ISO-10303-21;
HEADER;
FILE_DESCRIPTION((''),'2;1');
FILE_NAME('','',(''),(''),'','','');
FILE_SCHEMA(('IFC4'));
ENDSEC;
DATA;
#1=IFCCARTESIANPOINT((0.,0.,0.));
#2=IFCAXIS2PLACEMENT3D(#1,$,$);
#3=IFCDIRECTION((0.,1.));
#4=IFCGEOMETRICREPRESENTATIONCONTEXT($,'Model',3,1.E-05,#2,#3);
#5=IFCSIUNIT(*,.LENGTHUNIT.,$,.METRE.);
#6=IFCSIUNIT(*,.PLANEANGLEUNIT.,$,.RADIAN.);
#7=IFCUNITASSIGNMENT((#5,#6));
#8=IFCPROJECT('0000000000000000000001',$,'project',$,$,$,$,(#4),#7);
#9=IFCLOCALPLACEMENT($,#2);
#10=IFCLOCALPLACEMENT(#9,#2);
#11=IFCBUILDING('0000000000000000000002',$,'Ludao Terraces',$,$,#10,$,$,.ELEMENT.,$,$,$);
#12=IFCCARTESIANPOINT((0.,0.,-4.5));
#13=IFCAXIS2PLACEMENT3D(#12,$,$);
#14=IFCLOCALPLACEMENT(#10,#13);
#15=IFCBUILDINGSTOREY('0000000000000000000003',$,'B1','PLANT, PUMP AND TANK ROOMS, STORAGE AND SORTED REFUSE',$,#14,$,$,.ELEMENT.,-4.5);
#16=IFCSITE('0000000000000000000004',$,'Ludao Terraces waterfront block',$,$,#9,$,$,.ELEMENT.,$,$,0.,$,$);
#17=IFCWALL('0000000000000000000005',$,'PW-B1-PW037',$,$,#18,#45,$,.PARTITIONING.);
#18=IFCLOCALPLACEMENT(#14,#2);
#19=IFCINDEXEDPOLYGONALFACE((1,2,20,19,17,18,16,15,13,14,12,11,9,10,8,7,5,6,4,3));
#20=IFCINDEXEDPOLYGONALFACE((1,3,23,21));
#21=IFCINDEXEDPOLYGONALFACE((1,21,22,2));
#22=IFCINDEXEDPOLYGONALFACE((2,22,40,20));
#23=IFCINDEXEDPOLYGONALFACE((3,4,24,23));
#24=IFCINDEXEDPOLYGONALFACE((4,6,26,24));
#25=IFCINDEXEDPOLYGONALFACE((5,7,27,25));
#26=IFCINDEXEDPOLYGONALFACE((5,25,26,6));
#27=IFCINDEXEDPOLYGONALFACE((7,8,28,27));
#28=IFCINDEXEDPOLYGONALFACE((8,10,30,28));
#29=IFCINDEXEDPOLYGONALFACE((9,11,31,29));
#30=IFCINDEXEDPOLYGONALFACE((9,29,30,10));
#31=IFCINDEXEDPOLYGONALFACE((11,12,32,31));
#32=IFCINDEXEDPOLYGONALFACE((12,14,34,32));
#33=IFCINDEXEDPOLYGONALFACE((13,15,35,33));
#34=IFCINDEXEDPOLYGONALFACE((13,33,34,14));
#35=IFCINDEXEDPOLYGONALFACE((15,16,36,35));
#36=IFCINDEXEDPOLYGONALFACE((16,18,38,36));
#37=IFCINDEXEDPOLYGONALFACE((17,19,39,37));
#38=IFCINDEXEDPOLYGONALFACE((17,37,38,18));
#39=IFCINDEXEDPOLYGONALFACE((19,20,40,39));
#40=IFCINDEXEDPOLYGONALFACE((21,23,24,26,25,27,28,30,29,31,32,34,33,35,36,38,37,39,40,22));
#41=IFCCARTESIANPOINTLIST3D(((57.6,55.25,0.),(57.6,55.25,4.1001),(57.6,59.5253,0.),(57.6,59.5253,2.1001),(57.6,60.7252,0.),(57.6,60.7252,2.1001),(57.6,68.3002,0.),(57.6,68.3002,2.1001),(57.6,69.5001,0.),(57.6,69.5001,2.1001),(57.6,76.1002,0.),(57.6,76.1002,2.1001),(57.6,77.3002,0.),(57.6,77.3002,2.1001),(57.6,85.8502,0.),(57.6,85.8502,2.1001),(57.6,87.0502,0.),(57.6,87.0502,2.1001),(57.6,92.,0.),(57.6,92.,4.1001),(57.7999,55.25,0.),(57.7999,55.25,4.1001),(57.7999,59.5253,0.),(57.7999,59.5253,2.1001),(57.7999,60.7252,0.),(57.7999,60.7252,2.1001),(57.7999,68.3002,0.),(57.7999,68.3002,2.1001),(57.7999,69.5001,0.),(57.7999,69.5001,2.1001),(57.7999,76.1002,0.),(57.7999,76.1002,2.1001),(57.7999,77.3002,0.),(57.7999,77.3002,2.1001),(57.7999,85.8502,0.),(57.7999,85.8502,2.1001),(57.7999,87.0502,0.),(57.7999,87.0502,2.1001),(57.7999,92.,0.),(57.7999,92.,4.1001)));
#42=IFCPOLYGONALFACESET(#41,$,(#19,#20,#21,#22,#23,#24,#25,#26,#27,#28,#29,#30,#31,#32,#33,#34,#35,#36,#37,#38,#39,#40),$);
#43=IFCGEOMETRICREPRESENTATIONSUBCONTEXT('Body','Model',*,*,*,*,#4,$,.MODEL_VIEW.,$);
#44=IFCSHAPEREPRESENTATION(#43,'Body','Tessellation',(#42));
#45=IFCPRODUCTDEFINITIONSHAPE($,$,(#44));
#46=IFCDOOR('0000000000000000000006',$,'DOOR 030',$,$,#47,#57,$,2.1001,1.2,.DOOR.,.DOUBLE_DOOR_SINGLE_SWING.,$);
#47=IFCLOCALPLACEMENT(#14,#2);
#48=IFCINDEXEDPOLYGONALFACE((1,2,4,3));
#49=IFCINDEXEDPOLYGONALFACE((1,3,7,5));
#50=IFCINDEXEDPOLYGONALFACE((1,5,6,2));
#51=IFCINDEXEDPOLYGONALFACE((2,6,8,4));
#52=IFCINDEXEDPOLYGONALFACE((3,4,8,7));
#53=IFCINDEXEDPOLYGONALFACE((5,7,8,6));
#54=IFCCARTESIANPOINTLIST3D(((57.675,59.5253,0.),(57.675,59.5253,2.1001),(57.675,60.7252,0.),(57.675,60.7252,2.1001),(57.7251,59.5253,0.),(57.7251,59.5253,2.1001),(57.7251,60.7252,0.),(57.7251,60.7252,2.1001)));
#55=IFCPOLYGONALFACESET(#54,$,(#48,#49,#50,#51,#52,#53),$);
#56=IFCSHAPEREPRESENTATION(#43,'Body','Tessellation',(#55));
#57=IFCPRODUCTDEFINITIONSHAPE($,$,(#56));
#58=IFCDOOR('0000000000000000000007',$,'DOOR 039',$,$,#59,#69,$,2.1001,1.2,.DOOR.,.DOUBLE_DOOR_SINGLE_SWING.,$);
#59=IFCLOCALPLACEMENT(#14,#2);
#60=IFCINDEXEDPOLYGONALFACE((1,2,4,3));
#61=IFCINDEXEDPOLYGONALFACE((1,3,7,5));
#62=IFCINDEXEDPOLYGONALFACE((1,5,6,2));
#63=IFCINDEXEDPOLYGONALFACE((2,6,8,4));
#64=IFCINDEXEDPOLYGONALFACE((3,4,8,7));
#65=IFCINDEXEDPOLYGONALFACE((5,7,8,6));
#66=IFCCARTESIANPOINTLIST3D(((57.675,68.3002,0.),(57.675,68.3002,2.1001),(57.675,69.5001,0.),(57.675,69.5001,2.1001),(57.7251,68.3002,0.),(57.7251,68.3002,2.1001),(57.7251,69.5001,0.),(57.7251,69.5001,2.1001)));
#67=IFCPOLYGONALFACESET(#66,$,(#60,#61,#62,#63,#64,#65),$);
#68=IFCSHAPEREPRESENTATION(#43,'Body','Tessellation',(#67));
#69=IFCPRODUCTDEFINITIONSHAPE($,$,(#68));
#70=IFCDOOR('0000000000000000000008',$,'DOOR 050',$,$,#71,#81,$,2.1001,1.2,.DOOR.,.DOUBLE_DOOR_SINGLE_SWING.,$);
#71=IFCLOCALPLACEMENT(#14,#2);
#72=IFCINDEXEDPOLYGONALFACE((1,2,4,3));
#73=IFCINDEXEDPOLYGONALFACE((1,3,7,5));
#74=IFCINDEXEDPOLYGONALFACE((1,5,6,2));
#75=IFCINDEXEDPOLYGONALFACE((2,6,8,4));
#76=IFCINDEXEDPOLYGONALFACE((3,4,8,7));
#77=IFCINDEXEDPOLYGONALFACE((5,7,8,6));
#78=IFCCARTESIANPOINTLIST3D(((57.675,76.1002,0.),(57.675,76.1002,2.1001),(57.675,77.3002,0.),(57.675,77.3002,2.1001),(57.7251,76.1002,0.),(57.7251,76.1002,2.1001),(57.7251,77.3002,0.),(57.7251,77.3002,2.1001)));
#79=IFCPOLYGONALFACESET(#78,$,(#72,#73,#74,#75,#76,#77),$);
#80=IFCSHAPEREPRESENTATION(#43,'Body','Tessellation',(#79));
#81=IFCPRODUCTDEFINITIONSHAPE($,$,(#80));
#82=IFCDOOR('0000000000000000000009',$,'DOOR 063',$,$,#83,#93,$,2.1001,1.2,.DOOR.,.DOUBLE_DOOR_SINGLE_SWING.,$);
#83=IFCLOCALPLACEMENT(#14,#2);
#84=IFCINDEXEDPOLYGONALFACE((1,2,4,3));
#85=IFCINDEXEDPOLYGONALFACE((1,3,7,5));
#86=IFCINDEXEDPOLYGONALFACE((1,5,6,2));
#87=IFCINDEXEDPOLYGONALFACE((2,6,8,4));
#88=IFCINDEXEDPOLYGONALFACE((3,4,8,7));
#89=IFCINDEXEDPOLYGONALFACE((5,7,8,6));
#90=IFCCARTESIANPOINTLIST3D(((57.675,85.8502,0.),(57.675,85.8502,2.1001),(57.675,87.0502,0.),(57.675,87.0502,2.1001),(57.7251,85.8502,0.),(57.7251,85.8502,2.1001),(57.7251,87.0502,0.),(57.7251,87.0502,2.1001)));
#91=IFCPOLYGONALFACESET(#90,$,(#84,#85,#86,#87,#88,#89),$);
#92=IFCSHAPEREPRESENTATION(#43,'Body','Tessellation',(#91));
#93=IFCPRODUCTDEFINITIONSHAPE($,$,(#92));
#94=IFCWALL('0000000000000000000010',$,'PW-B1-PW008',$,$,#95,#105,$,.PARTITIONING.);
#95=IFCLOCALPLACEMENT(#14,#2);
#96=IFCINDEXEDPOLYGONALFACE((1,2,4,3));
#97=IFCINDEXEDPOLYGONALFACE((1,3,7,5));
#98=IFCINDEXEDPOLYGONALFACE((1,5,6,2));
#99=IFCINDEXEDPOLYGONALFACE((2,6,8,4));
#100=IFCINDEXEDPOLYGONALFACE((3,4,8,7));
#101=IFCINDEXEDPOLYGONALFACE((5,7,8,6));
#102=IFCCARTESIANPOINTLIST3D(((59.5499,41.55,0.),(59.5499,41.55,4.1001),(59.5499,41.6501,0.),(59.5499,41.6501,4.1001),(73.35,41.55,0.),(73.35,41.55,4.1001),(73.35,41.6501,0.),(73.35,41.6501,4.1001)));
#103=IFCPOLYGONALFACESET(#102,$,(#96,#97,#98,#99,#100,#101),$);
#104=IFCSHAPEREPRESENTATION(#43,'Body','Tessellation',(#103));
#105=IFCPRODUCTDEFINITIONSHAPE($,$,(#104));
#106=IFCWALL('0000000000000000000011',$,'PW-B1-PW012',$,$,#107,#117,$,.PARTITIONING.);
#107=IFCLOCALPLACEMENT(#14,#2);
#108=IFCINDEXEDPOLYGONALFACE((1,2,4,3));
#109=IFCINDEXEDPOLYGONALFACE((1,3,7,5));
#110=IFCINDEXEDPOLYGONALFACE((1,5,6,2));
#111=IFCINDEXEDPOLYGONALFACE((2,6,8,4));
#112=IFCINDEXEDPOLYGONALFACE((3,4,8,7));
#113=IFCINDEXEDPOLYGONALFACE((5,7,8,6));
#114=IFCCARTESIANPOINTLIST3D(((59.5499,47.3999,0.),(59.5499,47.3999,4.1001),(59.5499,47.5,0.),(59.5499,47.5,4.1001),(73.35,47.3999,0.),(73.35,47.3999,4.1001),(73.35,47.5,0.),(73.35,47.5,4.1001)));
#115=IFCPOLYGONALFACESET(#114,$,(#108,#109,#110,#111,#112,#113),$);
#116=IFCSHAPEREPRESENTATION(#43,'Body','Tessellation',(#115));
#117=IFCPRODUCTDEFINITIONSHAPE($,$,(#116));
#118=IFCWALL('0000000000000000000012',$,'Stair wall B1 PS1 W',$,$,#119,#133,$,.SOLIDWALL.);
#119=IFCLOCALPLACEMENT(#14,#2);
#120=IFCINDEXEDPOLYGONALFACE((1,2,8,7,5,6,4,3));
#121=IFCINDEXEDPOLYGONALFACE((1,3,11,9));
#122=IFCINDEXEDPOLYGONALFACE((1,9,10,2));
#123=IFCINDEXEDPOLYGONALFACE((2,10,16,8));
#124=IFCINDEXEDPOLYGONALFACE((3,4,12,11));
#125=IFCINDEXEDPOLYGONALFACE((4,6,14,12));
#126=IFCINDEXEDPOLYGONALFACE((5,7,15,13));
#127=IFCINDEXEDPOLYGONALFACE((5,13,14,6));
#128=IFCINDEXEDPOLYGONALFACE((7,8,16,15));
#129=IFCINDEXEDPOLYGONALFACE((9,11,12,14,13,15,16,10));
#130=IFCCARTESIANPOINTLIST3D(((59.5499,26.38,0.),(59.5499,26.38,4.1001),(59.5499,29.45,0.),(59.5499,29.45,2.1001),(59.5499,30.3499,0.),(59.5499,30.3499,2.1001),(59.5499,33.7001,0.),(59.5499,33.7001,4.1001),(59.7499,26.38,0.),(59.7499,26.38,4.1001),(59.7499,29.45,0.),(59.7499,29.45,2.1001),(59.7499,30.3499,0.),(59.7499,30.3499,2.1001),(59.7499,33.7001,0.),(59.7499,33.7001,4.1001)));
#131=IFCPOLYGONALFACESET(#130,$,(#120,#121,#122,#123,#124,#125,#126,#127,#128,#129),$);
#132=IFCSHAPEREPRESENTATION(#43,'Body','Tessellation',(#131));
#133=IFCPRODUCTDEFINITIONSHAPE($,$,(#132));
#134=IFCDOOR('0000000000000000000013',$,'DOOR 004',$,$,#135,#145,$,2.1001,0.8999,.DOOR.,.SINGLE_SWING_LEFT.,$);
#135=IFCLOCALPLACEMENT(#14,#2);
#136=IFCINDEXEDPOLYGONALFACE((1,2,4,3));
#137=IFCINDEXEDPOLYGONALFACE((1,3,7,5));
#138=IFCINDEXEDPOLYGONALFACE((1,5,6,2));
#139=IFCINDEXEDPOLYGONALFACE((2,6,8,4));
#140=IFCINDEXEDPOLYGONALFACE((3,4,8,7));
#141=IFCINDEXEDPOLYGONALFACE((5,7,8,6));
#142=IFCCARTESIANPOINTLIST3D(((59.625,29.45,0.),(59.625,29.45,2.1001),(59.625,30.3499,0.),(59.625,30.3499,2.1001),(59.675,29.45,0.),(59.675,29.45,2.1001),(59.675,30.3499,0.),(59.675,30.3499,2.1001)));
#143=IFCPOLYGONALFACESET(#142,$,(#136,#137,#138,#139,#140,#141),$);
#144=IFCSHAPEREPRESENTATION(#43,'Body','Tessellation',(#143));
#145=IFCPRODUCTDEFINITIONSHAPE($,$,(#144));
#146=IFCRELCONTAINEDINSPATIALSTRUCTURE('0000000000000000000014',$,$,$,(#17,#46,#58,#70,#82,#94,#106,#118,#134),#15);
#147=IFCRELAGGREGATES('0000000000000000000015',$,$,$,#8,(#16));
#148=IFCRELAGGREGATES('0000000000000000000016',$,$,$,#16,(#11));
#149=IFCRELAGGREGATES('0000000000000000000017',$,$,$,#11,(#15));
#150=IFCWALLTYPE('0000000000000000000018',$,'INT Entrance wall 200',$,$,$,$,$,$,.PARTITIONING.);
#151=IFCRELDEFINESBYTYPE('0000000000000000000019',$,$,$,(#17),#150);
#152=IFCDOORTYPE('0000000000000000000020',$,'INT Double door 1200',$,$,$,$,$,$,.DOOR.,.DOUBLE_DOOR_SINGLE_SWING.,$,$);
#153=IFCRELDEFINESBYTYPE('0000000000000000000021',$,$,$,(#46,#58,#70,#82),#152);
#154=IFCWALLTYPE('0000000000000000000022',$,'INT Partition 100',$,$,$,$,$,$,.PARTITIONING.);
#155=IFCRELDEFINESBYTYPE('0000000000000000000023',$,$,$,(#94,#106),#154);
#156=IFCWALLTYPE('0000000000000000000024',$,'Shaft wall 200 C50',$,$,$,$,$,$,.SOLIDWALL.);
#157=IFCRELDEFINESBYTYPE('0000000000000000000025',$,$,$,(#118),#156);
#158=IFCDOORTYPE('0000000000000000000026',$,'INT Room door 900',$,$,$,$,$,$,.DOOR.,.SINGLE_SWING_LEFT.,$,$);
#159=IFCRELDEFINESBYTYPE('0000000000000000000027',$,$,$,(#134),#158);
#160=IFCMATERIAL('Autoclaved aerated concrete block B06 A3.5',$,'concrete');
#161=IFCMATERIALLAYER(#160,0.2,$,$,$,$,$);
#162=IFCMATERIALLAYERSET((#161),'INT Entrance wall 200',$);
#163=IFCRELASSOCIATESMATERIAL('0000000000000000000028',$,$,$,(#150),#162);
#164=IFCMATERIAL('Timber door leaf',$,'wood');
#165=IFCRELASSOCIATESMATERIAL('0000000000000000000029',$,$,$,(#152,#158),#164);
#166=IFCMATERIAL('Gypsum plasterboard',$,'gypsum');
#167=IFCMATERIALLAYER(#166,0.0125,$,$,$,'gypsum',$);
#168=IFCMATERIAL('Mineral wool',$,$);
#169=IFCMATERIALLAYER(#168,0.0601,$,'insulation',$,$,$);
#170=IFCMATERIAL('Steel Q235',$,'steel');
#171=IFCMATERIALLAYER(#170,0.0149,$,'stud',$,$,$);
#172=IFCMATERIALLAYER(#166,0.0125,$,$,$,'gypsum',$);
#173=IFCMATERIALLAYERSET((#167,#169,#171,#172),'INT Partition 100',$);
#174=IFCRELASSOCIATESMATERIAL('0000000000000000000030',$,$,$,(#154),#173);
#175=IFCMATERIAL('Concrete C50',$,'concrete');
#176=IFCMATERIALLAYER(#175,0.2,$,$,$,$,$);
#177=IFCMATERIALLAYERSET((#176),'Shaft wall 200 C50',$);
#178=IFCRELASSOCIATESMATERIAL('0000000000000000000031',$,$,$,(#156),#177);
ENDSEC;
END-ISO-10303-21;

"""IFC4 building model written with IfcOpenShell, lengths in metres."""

from ifc_helpers import new_model, si_unit, direction, frame, frame_2d, origin, place, context, subcontext, project, spatial, rectangle, extrude, material, layer, layer_set, type_object, element, fill, save


model = new_model("IFC4")

# Units and contexts
model_context = context("Model", 3, precision=1e-05, world=origin(), true_north=direction((0.0, 1.0)))
body_context = subcontext(model_context, "Body", "Model", "MODEL_VIEW")
ifc_project = project(units=[si_unit("LENGTHUNIT", "METRE"), si_unit("PLANEANGLEUNIT", "RADIAN")], contexts=[model_context])

# Site, building, storey
site_placement = place(None, origin())
site = spatial("IfcSite", under=ifc_project, at=site_placement, Name="Ludao Terraces waterfront block", CompositionType="ELEMENT", RefElevation=0.0)
building_placement = place(site_placement, origin())
building = spatial("IfcBuilding", under=site, at=building_placement, Name="Ludao Terraces", CompositionType="ELEMENT")
storey_placement = place(building_placement, frame((0.0, 0.0, -4.5)))
storey = spatial("IfcBuildingStorey", under=building, at=storey_placement, Name="B1", Description="PLANT, PUMP AND TANK ROOMS, STORAGE AND SORTED REFUSE", CompositionType="ELEMENT", Elevation=-4.5)

# Shared definitions
ifc_material_1 = material(Name="Autoclaved aerated concrete block B06 A3.5", Category="concrete")
ifc_layer_1 = layer(ifc_material_1, 0.2)
ifc_layer_set_1 = layer_set([ifc_layer_1], Name="INT Entrance wall 200")
wall_type_1 = type_object("IfcWallType", Name="INT Entrance wall 200", PredefinedType="PARTITIONING", material=ifc_layer_set_1)

# Wall, openings, doors
ifc_material_2 = material(Name="Timber door leaf", Category="wood")
door_type_1 = type_object("IfcDoorType", Name="INT Double door 1200", OperationType="DOUBLE_DOOR_SINGLE_SWING", PredefinedType="DOOR", material=ifc_material_2)
door_type_2 = type_object("IfcDoorType", Name="INT Room door 900", OperationType="SINGLE_SWING_LEFT", PredefinedType="DOOR", material=ifc_material_2)
wall_1_placement = place(storey_placement, frame((57.7, 55.25, 0.0), z_axis=(0.0, 0.0, 1.0), x_axis=(0.0, 1.0, 0.0)))
wall_1 = element("IfcWall", 1, at=wall_1_placement, inside=storey, type_object=wall_type_1, Name="PW-B1-PW037", PredefinedType="PARTITIONING", context=body_context, shape_type="SweptSolid", body=[
    extrude(rectangle(XDim=36.75, YDim=0.2, at=frame_2d((18.375, 0.0))), origin(), (0.0, 0.0, 1.0), 4.1001),
])
opening_1_placement = place(wall_1_placement, frame((4.2751, 0.0, 0.0)))
opening_1 = element("IfcOpeningElement", 2, at=opening_1_placement, cuts=wall_1, PredefinedType="OPENING", context=body_context, shape_type="SweptSolid", body=[
    extrude(rectangle(XDim=1.2, YDim=2.1001, at=frame_2d((0.6001, 1.05))), frame((0.0, 0.1099, 0.0), z_axis=(0.0, -1.0, 0.0), x_axis=(1.0, 0.0, 0.0)), (0.0, 0.0, 1.0), 0.22),
])
opening_2_placement = place(wall_1_placement, frame((13.05, 0.0, 0.0)))
opening_2 = element("IfcOpeningElement", 3, at=opening_2_placement, cuts=wall_1, PredefinedType="OPENING", context=body_context, shape_type="SweptSolid", body=[
    extrude(rectangle(XDim=1.2, YDim=2.1001, at=frame_2d((0.6001, 1.05))), frame((0.0, 0.1099, 0.0), z_axis=(0.0, -1.0, 0.0), x_axis=(1.0, 0.0, 0.0)), (0.0, 0.0, 1.0), 0.22),
])
opening_3_placement = place(wall_1_placement, frame((20.8501, 0.0, 0.0)))
opening_3 = element("IfcOpeningElement", 4, at=opening_3_placement, cuts=wall_1, PredefinedType="OPENING", context=body_context, shape_type="SweptSolid", body=[
    extrude(rectangle(XDim=1.2, YDim=2.1001, at=frame_2d((0.6001, 1.05))), frame((0.0, 0.1099, 0.0), z_axis=(0.0, -1.0, 0.0), x_axis=(1.0, 0.0, 0.0)), (0.0, 0.0, 1.0), 0.22),
])
opening_4_placement = place(wall_1_placement, frame((30.6001, 0.0, 0.0)))
opening_4 = element("IfcOpeningElement", 5, at=opening_4_placement, cuts=wall_1, PredefinedType="OPENING", context=body_context, shape_type="SweptSolid", body=[
    extrude(rectangle(XDim=1.2, YDim=2.1001, at=frame_2d((0.6001, 1.05))), frame((0.0, 0.1099, 0.0), z_axis=(0.0, -1.0, 0.0), x_axis=(1.0, 0.0, 0.0)), (0.0, 0.0, 1.0), 0.22),
])
door_1_placement = place(opening_1_placement, origin())
door_1 = element("IfcDoor", 6, at=door_1_placement, inside=storey, type_object=door_type_1, Name="DOOR 030", OperationType="DOUBLE_DOOR_SINGLE_SWING", OverallHeight=2.1001, OverallWidth=1.2, PredefinedType="DOOR", context=body_context, shape_type="SweptSolid", body=[
    extrude(rectangle(XDim=1.2, YDim=2.1001, at=frame_2d((0.6001, 1.05))), frame((0.0, 0.0249, 0.0), z_axis=(0.0, -1.0, 0.0), x_axis=(1.0, 0.0, 0.0)), (0.0, 0.0, 1.0), 0.05),
])
fill(opening_1, door_1)
door_2_placement = place(opening_2_placement, origin())
door_2 = element("IfcDoor", 7, at=door_2_placement, inside=storey, type_object=door_type_1, Name="DOOR 039", OperationType="DOUBLE_DOOR_SINGLE_SWING", OverallHeight=2.1001, OverallWidth=1.2, PredefinedType="DOOR", context=body_context, shape_type="SweptSolid", body=[
    extrude(rectangle(XDim=1.2, YDim=2.1001, at=frame_2d((0.6001, 1.05))), frame((0.0, 0.0249, 0.0), z_axis=(0.0, -1.0, 0.0), x_axis=(1.0, 0.0, 0.0)), (0.0, 0.0, 1.0), 0.05),
])
fill(opening_2, door_2)
door_3_placement = place(opening_3_placement, origin())
door_3 = element("IfcDoor", 8, at=door_3_placement, inside=storey, type_object=door_type_1, Name="DOOR 050", OperationType="DOUBLE_DOOR_SINGLE_SWING", OverallHeight=2.1001, OverallWidth=1.2, PredefinedType="DOOR", context=body_context, shape_type="SweptSolid", body=[
    extrude(rectangle(XDim=1.2, YDim=2.1001, at=frame_2d((0.6001, 1.05))), frame((0.0, 0.0249, 0.0), z_axis=(0.0, -1.0, 0.0), x_axis=(1.0, 0.0, 0.0)), (0.0, 0.0, 1.0), 0.05),
])
fill(opening_3, door_3)
door_4_placement = place(opening_4_placement, origin())
door_4 = element("IfcDoor", 9, at=door_4_placement, inside=storey, type_object=door_type_1, Name="DOOR 063", OperationType="DOUBLE_DOOR_SINGLE_SWING", OverallHeight=2.1001, OverallWidth=1.2, PredefinedType="DOOR", context=body_context, shape_type="SweptSolid", body=[
    extrude(rectangle(XDim=1.2, YDim=2.1001, at=frame_2d((0.6001, 1.05))), frame((0.0, 0.0249, 0.0), z_axis=(0.0, -1.0, 0.0), x_axis=(1.0, 0.0, 0.0)), (0.0, 0.0, 1.0), 0.05),
])
fill(opening_4, door_4)

# Walls
ifc_material_3 = material(Name="Gypsum plasterboard", Category="gypsum")
ifc_layer_2 = layer(ifc_material_3, 0.0125, Category="gypsum")
ifc_material_4 = material(Name="Mineral wool")
ifc_layer_3 = layer(ifc_material_4, 0.0601, Name="insulation")
ifc_material_5 = material(Name="Steel Q235", Category="steel")
ifc_layer_4 = layer(ifc_material_5, 0.0149, Name="stud")
ifc_layer_5 = layer(ifc_material_3, 0.0125, Category="gypsum")
ifc_layer_set_2 = layer_set([ifc_layer_2, ifc_layer_3, ifc_layer_4, ifc_layer_5], Name="INT Partition 100")
wall_type_2 = type_object("IfcWallType", Name="INT Partition 100", PredefinedType="PARTITIONING", material=ifc_layer_set_2)
for number, where, z_axis, x_axis, name in (
    (10, (59.55, 41.6001, 0.0), (0.0, 0.0, 1.0), (1.0, 0.0, 0.0), "PW-B1-PW008"),
    (11, (59.55, 47.45, 0.0), (0.0, 0.0, 1.0), (1.0, 0.0, 0.0), "PW-B1-PW012"),
):
    element("IfcWall", number, at=place(storey_placement, frame(where, z_axis=z_axis, x_axis=x_axis)), inside=storey, type_object=wall_type_2, Name=name, PredefinedType="PARTITIONING", context=body_context, shape_type="SweptSolid", body=[
        extrude(rectangle(XDim=13.8, YDim=0.1001, at=frame_2d((6.8999, 0.0))), origin(), (0.0, 0.0, 1.0), 4.1001),
    ])

# Wall, opening, door
ifc_material_6 = material(Name="Concrete C50", Category="concrete")
ifc_layer_6 = layer(ifc_material_6, 0.2)
ifc_layer_set_3 = layer_set([ifc_layer_6], Name="Shaft wall 200 C50")
wall_type_3 = type_object("IfcWallType", Name="Shaft wall 200 C50", PredefinedType="SOLIDWALL", material=ifc_layer_set_3)
wall_2_placement = place(storey_placement, frame((59.6499, 26.3799, 0.0), z_axis=(0.0, 0.0, 1.0), x_axis=(0.0, 1.0, 0.0)))
wall_2 = element("IfcWall", 12, at=wall_2_placement, inside=storey, type_object=wall_type_3, Name="Stair wall B1 PS1 W", PredefinedType="SOLIDWALL", context=body_context, shape_type="SweptSolid", body=[
    extrude(rectangle(XDim=7.3201, YDim=0.2, at=frame_2d((3.6602, 0.0))), origin(), (0.0, 0.0, 1.0), 4.1001),
])
opening_5_placement = place(wall_2_placement, frame((3.0701, 0.0, 0.0)))
opening_5 = element("IfcOpeningElement", 13, at=opening_5_placement, cuts=wall_2, PredefinedType="OPENING", context=body_context, shape_type="SweptSolid", body=[
    extrude(rectangle(XDim=0.8999, YDim=2.1001, at=frame_2d((0.45, 1.05))), frame((0.0, 0.1099, 0.0), z_axis=(0.0, -1.0, 0.0), x_axis=(1.0, 0.0, 0.0)), (0.0, 0.0, 1.0), 0.22),
])
door_5_placement = place(opening_5_placement, origin())
door_5 = element("IfcDoor", 14, at=door_5_placement, inside=storey, type_object=door_type_2, Name="DOOR 004", OperationType="SINGLE_SWING_LEFT", OverallHeight=2.1001, OverallWidth=0.8999, PredefinedType="DOOR", context=body_context, shape_type="SweptSolid", body=[
    extrude(rectangle(XDim=0.8999, YDim=2.1001, at=frame_2d((0.45, 1.05))), frame((0.0, 0.0249, 0.0), z_axis=(0.0, -1.0, 0.0), x_axis=(1.0, 0.0, 0.0)), (0.0, 0.0, 1.0), 0.05),
])
fill(opening_5, door_5)

save(model, "model.ifc")
